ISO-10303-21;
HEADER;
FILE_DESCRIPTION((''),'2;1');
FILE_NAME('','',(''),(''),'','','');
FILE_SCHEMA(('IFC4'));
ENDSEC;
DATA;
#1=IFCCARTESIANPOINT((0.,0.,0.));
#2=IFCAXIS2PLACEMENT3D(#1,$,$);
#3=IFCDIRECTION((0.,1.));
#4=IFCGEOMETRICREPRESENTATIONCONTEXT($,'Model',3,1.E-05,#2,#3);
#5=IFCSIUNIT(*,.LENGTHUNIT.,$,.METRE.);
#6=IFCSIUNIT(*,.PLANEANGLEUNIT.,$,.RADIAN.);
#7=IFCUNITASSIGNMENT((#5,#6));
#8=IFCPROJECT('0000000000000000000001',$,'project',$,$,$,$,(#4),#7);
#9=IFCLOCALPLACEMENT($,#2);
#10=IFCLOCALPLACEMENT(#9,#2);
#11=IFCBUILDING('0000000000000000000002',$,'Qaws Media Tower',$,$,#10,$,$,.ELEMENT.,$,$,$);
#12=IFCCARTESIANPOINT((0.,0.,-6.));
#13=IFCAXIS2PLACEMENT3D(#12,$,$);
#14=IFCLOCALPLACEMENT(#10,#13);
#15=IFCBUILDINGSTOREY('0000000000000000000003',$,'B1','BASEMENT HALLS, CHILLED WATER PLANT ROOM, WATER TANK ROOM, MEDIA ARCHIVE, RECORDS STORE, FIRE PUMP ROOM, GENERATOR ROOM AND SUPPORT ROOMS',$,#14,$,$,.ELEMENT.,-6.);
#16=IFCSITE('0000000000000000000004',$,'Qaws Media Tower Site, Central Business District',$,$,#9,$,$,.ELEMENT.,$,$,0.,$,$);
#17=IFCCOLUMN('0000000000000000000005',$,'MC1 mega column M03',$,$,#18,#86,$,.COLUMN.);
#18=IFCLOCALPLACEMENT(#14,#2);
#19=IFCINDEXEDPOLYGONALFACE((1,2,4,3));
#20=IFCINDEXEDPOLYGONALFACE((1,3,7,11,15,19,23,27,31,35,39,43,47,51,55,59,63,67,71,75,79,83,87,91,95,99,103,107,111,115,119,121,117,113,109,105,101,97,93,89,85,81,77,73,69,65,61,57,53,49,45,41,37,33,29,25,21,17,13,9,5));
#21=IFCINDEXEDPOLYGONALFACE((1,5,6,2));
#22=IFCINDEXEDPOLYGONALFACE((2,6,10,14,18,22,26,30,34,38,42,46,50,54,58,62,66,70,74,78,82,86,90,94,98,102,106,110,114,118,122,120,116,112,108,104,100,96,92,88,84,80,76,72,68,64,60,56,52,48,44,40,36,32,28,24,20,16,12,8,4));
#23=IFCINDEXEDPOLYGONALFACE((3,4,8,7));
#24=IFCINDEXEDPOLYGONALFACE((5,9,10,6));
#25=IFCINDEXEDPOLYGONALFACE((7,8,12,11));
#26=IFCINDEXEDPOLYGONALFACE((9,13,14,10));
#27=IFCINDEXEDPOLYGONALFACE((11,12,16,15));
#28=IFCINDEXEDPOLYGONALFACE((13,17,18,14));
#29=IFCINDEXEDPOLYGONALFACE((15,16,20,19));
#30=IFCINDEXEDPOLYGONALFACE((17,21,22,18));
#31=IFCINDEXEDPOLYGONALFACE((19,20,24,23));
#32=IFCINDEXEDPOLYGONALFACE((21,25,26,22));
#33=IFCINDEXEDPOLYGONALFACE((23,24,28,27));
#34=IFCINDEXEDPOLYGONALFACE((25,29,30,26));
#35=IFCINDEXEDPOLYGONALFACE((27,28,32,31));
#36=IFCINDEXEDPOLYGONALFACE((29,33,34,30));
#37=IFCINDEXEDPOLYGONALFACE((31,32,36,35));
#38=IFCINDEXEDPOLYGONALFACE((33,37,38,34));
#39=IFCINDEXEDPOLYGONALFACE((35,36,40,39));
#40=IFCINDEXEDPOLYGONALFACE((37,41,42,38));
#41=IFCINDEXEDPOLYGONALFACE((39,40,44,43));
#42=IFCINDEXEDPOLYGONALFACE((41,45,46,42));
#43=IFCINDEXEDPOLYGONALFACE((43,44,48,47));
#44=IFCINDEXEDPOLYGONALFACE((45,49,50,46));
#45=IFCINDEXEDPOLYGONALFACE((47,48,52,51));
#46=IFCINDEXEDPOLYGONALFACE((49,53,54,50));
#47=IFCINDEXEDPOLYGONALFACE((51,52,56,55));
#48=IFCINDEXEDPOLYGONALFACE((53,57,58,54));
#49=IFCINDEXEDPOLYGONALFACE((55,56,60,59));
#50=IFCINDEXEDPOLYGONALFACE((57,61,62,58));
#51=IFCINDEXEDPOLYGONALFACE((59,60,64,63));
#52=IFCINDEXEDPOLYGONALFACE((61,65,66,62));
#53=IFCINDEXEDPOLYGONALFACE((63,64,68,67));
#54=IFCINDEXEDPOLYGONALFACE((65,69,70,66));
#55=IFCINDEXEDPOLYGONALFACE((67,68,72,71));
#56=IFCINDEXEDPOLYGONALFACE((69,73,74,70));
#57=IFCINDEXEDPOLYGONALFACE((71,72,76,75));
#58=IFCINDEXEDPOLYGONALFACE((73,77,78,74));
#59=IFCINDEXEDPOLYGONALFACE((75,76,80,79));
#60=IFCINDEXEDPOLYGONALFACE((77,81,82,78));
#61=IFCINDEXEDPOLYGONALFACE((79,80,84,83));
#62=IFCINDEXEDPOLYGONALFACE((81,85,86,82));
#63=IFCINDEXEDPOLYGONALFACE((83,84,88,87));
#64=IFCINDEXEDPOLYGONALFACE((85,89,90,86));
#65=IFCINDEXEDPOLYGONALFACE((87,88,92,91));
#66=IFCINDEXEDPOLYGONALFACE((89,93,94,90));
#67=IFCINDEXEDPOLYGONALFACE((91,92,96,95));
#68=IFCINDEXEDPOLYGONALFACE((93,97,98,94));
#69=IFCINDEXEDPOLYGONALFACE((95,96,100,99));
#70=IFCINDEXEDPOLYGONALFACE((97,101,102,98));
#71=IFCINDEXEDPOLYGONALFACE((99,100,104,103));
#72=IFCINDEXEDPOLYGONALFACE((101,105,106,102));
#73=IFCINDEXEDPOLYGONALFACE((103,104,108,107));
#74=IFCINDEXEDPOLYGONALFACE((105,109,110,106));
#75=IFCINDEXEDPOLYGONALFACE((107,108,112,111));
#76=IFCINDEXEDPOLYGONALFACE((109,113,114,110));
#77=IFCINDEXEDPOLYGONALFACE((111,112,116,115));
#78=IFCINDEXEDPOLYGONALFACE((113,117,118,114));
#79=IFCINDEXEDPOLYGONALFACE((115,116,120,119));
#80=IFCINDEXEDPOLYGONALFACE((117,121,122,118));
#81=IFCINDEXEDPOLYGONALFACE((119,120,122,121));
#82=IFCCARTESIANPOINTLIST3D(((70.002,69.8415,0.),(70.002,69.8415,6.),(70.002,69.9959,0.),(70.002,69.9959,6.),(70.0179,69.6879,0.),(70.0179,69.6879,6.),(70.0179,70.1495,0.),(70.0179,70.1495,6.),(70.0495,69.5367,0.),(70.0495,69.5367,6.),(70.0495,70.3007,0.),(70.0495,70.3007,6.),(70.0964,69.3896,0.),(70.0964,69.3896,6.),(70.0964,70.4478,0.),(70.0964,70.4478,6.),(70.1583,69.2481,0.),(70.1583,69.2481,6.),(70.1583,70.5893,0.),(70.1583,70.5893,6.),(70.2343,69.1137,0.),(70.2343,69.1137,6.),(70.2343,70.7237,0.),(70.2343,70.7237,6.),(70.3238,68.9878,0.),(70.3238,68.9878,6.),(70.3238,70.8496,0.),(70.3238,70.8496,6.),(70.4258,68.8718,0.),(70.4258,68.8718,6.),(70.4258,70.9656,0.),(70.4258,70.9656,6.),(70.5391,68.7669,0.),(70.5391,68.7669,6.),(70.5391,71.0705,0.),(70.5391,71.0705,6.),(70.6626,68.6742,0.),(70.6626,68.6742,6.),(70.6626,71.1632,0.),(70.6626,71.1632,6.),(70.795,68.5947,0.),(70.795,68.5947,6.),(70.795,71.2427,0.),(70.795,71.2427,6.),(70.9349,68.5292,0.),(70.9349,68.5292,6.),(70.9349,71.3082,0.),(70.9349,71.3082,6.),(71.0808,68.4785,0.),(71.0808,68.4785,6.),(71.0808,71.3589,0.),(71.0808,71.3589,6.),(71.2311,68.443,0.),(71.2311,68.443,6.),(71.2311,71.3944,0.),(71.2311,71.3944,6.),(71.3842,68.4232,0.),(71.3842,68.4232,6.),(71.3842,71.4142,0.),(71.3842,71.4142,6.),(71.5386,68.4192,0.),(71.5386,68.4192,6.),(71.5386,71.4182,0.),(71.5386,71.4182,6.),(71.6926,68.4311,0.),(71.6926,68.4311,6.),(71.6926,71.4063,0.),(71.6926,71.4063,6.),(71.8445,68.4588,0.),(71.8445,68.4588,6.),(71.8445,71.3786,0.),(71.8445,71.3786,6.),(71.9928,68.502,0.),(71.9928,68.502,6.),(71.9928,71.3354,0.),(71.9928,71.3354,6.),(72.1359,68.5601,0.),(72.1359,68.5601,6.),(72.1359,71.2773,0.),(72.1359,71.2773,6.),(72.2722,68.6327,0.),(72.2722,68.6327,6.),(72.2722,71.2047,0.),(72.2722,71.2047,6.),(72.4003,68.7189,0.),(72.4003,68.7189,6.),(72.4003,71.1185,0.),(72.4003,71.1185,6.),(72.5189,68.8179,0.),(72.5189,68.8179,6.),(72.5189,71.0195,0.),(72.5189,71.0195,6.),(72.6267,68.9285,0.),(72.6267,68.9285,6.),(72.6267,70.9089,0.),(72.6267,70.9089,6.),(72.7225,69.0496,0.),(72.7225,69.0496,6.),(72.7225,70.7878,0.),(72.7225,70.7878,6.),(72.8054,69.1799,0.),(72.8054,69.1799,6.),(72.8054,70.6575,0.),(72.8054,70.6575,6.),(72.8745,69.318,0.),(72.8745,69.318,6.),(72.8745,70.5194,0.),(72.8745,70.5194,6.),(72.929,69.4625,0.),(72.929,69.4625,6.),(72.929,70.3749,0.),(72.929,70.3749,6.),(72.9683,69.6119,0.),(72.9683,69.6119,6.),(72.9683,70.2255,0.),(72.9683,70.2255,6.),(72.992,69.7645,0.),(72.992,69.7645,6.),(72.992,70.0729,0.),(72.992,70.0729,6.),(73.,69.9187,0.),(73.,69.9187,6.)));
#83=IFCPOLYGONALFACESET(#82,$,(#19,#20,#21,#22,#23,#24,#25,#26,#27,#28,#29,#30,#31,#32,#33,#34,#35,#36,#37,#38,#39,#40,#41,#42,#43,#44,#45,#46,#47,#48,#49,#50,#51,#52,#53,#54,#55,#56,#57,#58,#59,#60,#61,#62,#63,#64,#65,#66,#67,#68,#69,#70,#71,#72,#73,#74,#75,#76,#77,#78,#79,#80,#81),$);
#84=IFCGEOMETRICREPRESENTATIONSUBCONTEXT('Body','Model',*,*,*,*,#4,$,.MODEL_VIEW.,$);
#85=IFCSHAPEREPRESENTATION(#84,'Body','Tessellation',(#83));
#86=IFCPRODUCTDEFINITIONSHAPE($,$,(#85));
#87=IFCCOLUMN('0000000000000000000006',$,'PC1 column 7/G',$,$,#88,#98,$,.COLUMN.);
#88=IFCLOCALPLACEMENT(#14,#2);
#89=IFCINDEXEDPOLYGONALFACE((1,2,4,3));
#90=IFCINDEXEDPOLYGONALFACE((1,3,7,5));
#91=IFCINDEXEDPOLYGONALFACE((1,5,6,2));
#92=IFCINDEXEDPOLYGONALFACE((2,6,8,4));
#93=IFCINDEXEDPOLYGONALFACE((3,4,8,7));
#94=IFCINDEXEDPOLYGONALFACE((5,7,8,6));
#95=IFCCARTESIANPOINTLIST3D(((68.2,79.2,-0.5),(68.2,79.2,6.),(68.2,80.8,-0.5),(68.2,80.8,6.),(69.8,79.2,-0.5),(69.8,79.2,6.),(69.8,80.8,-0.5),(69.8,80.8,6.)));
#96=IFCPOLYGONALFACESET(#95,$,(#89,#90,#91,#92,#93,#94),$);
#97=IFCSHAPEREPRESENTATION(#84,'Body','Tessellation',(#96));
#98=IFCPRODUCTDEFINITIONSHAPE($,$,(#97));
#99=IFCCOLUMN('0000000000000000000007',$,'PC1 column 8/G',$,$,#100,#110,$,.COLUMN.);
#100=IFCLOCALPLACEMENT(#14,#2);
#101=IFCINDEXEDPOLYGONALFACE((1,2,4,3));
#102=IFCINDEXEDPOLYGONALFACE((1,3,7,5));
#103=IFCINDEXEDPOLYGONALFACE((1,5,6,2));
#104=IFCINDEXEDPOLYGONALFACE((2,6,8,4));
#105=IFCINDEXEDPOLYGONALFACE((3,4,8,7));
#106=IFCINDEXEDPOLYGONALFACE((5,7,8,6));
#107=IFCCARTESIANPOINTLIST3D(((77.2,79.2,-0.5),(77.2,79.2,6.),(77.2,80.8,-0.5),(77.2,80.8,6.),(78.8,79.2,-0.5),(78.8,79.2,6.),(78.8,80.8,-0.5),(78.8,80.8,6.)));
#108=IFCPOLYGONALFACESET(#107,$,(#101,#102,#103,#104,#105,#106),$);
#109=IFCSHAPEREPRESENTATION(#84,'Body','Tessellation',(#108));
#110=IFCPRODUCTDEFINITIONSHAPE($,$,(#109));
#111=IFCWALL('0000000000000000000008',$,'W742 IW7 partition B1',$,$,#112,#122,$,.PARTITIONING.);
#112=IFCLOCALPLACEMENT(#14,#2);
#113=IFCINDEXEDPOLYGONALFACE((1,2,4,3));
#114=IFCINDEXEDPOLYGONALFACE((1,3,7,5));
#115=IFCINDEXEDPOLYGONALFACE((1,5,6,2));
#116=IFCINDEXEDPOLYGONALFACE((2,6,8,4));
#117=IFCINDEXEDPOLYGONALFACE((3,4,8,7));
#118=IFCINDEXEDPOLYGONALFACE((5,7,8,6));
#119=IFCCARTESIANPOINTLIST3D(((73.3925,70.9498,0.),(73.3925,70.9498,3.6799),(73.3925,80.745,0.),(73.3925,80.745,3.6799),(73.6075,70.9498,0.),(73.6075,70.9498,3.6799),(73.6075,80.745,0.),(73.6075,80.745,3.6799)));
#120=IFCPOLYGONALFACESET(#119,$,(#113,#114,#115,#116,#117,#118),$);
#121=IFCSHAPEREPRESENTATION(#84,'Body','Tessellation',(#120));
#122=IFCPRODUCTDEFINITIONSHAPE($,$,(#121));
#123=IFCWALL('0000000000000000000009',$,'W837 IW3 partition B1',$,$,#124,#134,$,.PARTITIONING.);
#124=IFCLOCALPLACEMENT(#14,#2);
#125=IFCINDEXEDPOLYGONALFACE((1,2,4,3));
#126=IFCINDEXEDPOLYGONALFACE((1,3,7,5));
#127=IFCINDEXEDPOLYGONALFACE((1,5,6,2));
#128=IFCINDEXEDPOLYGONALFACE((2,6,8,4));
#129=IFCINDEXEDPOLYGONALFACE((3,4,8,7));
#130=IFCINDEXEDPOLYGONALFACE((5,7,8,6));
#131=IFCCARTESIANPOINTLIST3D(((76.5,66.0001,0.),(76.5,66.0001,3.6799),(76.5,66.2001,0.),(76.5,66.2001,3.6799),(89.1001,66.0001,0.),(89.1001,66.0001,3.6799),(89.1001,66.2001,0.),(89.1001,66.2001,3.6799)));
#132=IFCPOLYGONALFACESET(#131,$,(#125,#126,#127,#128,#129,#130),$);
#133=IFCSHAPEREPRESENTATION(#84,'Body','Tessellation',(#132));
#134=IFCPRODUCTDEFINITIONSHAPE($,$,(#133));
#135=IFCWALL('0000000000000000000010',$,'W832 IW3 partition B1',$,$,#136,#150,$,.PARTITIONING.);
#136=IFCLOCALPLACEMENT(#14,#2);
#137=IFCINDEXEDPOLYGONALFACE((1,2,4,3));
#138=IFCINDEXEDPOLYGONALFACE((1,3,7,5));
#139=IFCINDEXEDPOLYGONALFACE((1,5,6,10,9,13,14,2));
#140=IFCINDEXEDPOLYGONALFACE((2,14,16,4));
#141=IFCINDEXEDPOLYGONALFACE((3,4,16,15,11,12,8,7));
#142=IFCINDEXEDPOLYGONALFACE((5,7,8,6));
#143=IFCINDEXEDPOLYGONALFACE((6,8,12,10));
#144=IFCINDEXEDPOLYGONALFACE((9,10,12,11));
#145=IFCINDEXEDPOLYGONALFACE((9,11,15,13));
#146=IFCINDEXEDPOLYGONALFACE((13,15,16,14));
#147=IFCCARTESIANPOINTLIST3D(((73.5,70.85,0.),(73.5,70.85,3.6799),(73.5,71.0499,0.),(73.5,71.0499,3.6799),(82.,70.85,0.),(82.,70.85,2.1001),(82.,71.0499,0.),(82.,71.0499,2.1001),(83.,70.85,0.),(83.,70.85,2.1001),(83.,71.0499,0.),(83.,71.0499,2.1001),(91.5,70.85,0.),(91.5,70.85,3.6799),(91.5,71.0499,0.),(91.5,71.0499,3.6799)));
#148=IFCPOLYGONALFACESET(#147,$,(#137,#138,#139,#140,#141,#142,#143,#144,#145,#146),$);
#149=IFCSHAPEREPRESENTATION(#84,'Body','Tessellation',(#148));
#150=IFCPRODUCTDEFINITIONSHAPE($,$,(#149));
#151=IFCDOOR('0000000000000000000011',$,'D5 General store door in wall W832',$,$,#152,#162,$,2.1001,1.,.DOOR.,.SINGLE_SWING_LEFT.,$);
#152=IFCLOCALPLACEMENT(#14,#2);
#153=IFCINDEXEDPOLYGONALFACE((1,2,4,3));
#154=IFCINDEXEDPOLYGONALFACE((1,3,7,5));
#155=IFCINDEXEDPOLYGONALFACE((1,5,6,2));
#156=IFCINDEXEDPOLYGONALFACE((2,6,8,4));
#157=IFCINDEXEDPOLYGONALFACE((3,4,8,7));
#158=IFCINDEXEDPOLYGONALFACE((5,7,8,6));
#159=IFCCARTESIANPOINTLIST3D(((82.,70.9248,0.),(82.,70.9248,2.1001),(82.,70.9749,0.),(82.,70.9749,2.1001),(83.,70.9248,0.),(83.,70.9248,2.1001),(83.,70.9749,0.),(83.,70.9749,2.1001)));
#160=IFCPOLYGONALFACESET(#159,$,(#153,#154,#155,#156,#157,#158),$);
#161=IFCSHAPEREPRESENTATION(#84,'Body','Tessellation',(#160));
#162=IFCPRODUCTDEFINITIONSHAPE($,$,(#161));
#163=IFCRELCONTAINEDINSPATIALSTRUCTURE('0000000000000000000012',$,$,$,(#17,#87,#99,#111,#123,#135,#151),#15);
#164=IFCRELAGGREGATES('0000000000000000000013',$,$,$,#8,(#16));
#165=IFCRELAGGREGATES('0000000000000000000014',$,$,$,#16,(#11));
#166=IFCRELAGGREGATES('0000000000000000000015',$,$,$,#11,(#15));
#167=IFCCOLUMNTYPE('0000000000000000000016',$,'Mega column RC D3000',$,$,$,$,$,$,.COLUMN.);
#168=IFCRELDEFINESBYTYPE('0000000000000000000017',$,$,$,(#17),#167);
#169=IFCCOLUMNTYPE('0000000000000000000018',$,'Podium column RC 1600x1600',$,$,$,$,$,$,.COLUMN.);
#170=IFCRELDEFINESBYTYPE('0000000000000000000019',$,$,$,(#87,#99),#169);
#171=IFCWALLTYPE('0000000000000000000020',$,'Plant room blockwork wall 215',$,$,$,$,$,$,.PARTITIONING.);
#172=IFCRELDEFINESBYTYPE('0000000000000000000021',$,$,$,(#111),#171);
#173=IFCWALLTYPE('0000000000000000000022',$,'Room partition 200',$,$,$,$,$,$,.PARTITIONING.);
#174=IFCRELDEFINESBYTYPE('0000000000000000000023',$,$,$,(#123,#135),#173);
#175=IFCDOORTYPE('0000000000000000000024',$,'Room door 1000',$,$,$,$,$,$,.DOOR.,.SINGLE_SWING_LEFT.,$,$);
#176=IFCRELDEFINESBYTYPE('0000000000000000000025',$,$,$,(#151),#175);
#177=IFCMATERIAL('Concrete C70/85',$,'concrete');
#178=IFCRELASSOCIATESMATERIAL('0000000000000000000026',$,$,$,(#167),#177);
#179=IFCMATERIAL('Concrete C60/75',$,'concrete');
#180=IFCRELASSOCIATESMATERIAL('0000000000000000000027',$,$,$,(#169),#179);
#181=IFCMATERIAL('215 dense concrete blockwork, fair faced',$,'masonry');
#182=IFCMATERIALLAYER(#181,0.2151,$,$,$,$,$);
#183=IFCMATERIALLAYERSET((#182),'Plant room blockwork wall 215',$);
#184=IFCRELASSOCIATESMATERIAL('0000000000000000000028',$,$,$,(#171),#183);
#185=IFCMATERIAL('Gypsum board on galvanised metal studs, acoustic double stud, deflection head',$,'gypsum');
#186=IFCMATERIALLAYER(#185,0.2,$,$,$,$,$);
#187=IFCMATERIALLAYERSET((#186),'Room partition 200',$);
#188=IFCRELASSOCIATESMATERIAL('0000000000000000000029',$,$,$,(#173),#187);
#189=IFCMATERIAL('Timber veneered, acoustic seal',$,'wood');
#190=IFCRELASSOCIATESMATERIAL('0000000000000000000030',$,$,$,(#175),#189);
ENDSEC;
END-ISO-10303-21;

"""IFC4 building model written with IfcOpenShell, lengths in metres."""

from ifc_helpers import new_model, si_unit, direction, frame, frame_2d, origin, origin_2d, place, context, subcontext, project, spatial, rectangle, circle, extrude, material, layer, layer_set, material_profile, profile_set, type_object, element, fill, save


model = new_model("IFC4")

# Units and contexts
model_context = context("Model", 3, precision=1e-05, world=origin(), true_north=direction((0.0, 1.0)))
body_context = subcontext(model_context, "Body", "Model", "MODEL_VIEW")
ifc_project = project(units=[si_unit("LENGTHUNIT", "METRE"), si_unit("PLANEANGLEUNIT", "RADIAN")], contexts=[model_context])

# Site, building, storey
site_placement = place(None, origin())
site = spatial("IfcSite", under=ifc_project, at=site_placement, Name="Qaws Media Tower Site, Central Business District", CompositionType="ELEMENT", RefElevation=0.0)
building_placement = place(site_placement, origin())
building = spatial("IfcBuilding", under=site, at=building_placement, Name="Qaws Media Tower", CompositionType="ELEMENT")
storey_placement = place(building_placement, frame((0.0, 0.0, -6.0)))
storey = spatial("IfcBuildingStorey", under=building, at=storey_placement, Name="B1", Description="BASEMENT HALLS, CHILLED WATER PLANT ROOM, WATER TANK ROOM, MEDIA ARCHIVE, RECORDS STORE, FIRE PUMP ROOM, GENERATOR ROOM AND SUPPORT ROOMS", CompositionType="ELEMENT", Elevation=-6.0)

# Columns
ifc_material_1 = material(Name="Concrete C70/85", Category="concrete")
ifc_material_profile_1 = material_profile(ifc_material_1, circle(Radius=1.5, at=origin_2d()), Name="RC D3000")
ifc_profile_set_1 = profile_set([ifc_material_profile_1], Name="Concrete C70/85")
column_type_1 = type_object("IfcColumnType", Name="Mega column RC D3000", PredefinedType="COLUMN", material=ifc_profile_set_1)
column_placement = place(storey_placement, frame((71.5, 69.9187, 0.0), z_axis=(0.0, 0.0, 1.0), x_axis=(1.0, 0.0, 0.0)))
element("IfcColumn", 1, at=column_placement, inside=storey, type_object=column_type_1, Name="MC1 mega column M03", PredefinedType="COLUMN", context=body_context, shape_type="SweptSolid", body=[
    extrude(circle(Radius=1.5, at=origin_2d()), origin(), (0.0, 0.0, 1.0), 6.0),
])
ifc_material_2 = material(Name="Concrete C60/75", Category="concrete")
ifc_material_profile_2 = material_profile(ifc_material_2, rectangle(XDim=1.6001, YDim=1.6001, at=origin_2d()), Name="RC 1600x1600")
ifc_profile_set_2 = profile_set([ifc_material_profile_2], Name="Concrete C60/75")
column_type_2 = type_object("IfcColumnType", Name="Podium column RC 1600x1600", PredefinedType="COLUMN", material=ifc_profile_set_2)
for number, where, z_axis, x_axis, name in (
    (2, (69.0, 80.0, -0.5), (0.0, 0.0, 1.0), (1.0, 0.0, 0.0), "PC1 column 7/G"),
    (3, (78.0, 80.0, -0.5), (0.0, 0.0, 1.0), (1.0, 0.0, 0.0), "PC1 column 8/G"),
):
    element("IfcColumn", number, at=place(storey_placement, frame(where, z_axis=z_axis, x_axis=x_axis)), inside=storey, type_object=column_type_2, Name=name, PredefinedType="COLUMN", context=body_context, shape_type="SweptSolid", body=[
        extrude(rectangle(XDim=1.6001, YDim=1.6001, at=origin_2d()), origin(), (0.0, 0.0, 1.0), 6.5),
    ])

# Walls
ifc_material_3 = material(Name="215 dense concrete blockwork, fair faced", Category="masonry")
ifc_layer_1 = layer(ifc_material_3, 0.2151)
ifc_layer_set_1 = layer_set([ifc_layer_1], Name="Plant room blockwork wall 215")
wall_type_1 = type_object("IfcWallType", Name="Plant room blockwork wall 215", PredefinedType="PARTITIONING", material=ifc_layer_set_1)
wall_1_placement = place(storey_placement, frame((73.5, 70.95, 0.0), z_axis=(0.0, 0.0, 1.0), x_axis=(0.0, 1.0, 0.0)))
element("IfcWall", 4, at=wall_1_placement, inside=storey, type_object=wall_type_1, Name="W742 IW7 partition B1", PredefinedType="PARTITIONING", context=body_context, shape_type="SweptSolid", body=[
    extrude(rectangle(XDim=9.7952, YDim=0.2151, at=frame_2d((4.8975, 0.0))), origin(), (0.0, 0.0, 1.0), 3.6799),
])
ifc_material_4 = material(Name="Gypsum board on galvanised metal studs, acoustic double stud, deflection head", Category="gypsum")
ifc_layer_2 = layer(ifc_material_4, 0.2)
ifc_layer_set_2 = layer_set([ifc_layer_2], Name="Room partition 200")
wall_type_2 = type_object("IfcWallType", Name="Room partition 200", PredefinedType="PARTITIONING", material=ifc_layer_set_2)
wall_2_placement = place(storey_placement, frame((76.5, 66.1001, 0.0), z_axis=(0.0, 0.0, 1.0), x_axis=(1.0, 0.0, 0.0)))
element("IfcWall", 5, at=wall_2_placement, inside=storey, type_object=wall_type_2, Name="W837 IW3 partition B1", PredefinedType="PARTITIONING", context=body_context, shape_type="SweptSolid", body=[
    extrude(rectangle(XDim=12.6001, YDim=0.2, at=frame_2d((6.3, 0.0))), origin(), (0.0, 0.0, 1.0), 3.6799),
])

# Wall, opening, door
wall_3_placement = place(storey_placement, frame((73.5, 70.95, 0.0), z_axis=(0.0, 0.0, 1.0), x_axis=(1.0, 0.0, 0.0)))
wall_3 = element("IfcWall", 6, at=wall_3_placement, inside=storey, type_object=wall_type_2, Name="W832 IW3 partition B1", PredefinedType="PARTITIONING", context=body_context, shape_type="SweptSolid", body=[
    extrude(rectangle(XDim=18.0, YDim=0.2, at=frame_2d((9.0, 0.0))), origin(), (0.0, 0.0, 1.0), 3.6799),
])
opening_placement = place(wall_3_placement, frame((8.5, 0.0, 0.0)))
opening = element("IfcOpeningElement", 7, at=opening_placement, cuts=wall_3, PredefinedType="OPENING", context=body_context, shape_type="SweptSolid", body=[
    extrude(rectangle(XDim=1.0, YDim=2.1001, at=frame_2d((0.5, 1.05))), frame((0.0, 0.1099, 0.0), z_axis=(0.0, -1.0, 0.0), x_axis=(1.0, 0.0, 0.0)), (0.0, 0.0, 1.0), 0.22),
])
ifc_material_5 = material(Name="Timber veneered, acoustic seal", Category="wood")
door_type = type_object("IfcDoorType", Name="Room door 1000", OperationType="SINGLE_SWING_LEFT", PredefinedType="DOOR", material=ifc_material_5)
door_placement = place(opening_placement, origin())
door = element("IfcDoor", 8, at=door_placement, inside=storey, type_object=door_type, Name="D5 General store door in wall W832", OperationType="SINGLE_SWING_LEFT", OverallHeight=2.1001, OverallWidth=1.0, PredefinedType="DOOR", context=body_context, shape_type="SweptSolid", body=[
    extrude(rectangle(XDim=1.0, YDim=2.1001, at=frame_2d((0.5, 1.05))), frame((0.0, 0.0249, 0.0), z_axis=(0.0, -1.0, 0.0), x_axis=(1.0, 0.0, 0.0)), (0.0, 0.0, 1.0), 0.05),
])
fill(opening, door)

save(model, "model.ifc")
